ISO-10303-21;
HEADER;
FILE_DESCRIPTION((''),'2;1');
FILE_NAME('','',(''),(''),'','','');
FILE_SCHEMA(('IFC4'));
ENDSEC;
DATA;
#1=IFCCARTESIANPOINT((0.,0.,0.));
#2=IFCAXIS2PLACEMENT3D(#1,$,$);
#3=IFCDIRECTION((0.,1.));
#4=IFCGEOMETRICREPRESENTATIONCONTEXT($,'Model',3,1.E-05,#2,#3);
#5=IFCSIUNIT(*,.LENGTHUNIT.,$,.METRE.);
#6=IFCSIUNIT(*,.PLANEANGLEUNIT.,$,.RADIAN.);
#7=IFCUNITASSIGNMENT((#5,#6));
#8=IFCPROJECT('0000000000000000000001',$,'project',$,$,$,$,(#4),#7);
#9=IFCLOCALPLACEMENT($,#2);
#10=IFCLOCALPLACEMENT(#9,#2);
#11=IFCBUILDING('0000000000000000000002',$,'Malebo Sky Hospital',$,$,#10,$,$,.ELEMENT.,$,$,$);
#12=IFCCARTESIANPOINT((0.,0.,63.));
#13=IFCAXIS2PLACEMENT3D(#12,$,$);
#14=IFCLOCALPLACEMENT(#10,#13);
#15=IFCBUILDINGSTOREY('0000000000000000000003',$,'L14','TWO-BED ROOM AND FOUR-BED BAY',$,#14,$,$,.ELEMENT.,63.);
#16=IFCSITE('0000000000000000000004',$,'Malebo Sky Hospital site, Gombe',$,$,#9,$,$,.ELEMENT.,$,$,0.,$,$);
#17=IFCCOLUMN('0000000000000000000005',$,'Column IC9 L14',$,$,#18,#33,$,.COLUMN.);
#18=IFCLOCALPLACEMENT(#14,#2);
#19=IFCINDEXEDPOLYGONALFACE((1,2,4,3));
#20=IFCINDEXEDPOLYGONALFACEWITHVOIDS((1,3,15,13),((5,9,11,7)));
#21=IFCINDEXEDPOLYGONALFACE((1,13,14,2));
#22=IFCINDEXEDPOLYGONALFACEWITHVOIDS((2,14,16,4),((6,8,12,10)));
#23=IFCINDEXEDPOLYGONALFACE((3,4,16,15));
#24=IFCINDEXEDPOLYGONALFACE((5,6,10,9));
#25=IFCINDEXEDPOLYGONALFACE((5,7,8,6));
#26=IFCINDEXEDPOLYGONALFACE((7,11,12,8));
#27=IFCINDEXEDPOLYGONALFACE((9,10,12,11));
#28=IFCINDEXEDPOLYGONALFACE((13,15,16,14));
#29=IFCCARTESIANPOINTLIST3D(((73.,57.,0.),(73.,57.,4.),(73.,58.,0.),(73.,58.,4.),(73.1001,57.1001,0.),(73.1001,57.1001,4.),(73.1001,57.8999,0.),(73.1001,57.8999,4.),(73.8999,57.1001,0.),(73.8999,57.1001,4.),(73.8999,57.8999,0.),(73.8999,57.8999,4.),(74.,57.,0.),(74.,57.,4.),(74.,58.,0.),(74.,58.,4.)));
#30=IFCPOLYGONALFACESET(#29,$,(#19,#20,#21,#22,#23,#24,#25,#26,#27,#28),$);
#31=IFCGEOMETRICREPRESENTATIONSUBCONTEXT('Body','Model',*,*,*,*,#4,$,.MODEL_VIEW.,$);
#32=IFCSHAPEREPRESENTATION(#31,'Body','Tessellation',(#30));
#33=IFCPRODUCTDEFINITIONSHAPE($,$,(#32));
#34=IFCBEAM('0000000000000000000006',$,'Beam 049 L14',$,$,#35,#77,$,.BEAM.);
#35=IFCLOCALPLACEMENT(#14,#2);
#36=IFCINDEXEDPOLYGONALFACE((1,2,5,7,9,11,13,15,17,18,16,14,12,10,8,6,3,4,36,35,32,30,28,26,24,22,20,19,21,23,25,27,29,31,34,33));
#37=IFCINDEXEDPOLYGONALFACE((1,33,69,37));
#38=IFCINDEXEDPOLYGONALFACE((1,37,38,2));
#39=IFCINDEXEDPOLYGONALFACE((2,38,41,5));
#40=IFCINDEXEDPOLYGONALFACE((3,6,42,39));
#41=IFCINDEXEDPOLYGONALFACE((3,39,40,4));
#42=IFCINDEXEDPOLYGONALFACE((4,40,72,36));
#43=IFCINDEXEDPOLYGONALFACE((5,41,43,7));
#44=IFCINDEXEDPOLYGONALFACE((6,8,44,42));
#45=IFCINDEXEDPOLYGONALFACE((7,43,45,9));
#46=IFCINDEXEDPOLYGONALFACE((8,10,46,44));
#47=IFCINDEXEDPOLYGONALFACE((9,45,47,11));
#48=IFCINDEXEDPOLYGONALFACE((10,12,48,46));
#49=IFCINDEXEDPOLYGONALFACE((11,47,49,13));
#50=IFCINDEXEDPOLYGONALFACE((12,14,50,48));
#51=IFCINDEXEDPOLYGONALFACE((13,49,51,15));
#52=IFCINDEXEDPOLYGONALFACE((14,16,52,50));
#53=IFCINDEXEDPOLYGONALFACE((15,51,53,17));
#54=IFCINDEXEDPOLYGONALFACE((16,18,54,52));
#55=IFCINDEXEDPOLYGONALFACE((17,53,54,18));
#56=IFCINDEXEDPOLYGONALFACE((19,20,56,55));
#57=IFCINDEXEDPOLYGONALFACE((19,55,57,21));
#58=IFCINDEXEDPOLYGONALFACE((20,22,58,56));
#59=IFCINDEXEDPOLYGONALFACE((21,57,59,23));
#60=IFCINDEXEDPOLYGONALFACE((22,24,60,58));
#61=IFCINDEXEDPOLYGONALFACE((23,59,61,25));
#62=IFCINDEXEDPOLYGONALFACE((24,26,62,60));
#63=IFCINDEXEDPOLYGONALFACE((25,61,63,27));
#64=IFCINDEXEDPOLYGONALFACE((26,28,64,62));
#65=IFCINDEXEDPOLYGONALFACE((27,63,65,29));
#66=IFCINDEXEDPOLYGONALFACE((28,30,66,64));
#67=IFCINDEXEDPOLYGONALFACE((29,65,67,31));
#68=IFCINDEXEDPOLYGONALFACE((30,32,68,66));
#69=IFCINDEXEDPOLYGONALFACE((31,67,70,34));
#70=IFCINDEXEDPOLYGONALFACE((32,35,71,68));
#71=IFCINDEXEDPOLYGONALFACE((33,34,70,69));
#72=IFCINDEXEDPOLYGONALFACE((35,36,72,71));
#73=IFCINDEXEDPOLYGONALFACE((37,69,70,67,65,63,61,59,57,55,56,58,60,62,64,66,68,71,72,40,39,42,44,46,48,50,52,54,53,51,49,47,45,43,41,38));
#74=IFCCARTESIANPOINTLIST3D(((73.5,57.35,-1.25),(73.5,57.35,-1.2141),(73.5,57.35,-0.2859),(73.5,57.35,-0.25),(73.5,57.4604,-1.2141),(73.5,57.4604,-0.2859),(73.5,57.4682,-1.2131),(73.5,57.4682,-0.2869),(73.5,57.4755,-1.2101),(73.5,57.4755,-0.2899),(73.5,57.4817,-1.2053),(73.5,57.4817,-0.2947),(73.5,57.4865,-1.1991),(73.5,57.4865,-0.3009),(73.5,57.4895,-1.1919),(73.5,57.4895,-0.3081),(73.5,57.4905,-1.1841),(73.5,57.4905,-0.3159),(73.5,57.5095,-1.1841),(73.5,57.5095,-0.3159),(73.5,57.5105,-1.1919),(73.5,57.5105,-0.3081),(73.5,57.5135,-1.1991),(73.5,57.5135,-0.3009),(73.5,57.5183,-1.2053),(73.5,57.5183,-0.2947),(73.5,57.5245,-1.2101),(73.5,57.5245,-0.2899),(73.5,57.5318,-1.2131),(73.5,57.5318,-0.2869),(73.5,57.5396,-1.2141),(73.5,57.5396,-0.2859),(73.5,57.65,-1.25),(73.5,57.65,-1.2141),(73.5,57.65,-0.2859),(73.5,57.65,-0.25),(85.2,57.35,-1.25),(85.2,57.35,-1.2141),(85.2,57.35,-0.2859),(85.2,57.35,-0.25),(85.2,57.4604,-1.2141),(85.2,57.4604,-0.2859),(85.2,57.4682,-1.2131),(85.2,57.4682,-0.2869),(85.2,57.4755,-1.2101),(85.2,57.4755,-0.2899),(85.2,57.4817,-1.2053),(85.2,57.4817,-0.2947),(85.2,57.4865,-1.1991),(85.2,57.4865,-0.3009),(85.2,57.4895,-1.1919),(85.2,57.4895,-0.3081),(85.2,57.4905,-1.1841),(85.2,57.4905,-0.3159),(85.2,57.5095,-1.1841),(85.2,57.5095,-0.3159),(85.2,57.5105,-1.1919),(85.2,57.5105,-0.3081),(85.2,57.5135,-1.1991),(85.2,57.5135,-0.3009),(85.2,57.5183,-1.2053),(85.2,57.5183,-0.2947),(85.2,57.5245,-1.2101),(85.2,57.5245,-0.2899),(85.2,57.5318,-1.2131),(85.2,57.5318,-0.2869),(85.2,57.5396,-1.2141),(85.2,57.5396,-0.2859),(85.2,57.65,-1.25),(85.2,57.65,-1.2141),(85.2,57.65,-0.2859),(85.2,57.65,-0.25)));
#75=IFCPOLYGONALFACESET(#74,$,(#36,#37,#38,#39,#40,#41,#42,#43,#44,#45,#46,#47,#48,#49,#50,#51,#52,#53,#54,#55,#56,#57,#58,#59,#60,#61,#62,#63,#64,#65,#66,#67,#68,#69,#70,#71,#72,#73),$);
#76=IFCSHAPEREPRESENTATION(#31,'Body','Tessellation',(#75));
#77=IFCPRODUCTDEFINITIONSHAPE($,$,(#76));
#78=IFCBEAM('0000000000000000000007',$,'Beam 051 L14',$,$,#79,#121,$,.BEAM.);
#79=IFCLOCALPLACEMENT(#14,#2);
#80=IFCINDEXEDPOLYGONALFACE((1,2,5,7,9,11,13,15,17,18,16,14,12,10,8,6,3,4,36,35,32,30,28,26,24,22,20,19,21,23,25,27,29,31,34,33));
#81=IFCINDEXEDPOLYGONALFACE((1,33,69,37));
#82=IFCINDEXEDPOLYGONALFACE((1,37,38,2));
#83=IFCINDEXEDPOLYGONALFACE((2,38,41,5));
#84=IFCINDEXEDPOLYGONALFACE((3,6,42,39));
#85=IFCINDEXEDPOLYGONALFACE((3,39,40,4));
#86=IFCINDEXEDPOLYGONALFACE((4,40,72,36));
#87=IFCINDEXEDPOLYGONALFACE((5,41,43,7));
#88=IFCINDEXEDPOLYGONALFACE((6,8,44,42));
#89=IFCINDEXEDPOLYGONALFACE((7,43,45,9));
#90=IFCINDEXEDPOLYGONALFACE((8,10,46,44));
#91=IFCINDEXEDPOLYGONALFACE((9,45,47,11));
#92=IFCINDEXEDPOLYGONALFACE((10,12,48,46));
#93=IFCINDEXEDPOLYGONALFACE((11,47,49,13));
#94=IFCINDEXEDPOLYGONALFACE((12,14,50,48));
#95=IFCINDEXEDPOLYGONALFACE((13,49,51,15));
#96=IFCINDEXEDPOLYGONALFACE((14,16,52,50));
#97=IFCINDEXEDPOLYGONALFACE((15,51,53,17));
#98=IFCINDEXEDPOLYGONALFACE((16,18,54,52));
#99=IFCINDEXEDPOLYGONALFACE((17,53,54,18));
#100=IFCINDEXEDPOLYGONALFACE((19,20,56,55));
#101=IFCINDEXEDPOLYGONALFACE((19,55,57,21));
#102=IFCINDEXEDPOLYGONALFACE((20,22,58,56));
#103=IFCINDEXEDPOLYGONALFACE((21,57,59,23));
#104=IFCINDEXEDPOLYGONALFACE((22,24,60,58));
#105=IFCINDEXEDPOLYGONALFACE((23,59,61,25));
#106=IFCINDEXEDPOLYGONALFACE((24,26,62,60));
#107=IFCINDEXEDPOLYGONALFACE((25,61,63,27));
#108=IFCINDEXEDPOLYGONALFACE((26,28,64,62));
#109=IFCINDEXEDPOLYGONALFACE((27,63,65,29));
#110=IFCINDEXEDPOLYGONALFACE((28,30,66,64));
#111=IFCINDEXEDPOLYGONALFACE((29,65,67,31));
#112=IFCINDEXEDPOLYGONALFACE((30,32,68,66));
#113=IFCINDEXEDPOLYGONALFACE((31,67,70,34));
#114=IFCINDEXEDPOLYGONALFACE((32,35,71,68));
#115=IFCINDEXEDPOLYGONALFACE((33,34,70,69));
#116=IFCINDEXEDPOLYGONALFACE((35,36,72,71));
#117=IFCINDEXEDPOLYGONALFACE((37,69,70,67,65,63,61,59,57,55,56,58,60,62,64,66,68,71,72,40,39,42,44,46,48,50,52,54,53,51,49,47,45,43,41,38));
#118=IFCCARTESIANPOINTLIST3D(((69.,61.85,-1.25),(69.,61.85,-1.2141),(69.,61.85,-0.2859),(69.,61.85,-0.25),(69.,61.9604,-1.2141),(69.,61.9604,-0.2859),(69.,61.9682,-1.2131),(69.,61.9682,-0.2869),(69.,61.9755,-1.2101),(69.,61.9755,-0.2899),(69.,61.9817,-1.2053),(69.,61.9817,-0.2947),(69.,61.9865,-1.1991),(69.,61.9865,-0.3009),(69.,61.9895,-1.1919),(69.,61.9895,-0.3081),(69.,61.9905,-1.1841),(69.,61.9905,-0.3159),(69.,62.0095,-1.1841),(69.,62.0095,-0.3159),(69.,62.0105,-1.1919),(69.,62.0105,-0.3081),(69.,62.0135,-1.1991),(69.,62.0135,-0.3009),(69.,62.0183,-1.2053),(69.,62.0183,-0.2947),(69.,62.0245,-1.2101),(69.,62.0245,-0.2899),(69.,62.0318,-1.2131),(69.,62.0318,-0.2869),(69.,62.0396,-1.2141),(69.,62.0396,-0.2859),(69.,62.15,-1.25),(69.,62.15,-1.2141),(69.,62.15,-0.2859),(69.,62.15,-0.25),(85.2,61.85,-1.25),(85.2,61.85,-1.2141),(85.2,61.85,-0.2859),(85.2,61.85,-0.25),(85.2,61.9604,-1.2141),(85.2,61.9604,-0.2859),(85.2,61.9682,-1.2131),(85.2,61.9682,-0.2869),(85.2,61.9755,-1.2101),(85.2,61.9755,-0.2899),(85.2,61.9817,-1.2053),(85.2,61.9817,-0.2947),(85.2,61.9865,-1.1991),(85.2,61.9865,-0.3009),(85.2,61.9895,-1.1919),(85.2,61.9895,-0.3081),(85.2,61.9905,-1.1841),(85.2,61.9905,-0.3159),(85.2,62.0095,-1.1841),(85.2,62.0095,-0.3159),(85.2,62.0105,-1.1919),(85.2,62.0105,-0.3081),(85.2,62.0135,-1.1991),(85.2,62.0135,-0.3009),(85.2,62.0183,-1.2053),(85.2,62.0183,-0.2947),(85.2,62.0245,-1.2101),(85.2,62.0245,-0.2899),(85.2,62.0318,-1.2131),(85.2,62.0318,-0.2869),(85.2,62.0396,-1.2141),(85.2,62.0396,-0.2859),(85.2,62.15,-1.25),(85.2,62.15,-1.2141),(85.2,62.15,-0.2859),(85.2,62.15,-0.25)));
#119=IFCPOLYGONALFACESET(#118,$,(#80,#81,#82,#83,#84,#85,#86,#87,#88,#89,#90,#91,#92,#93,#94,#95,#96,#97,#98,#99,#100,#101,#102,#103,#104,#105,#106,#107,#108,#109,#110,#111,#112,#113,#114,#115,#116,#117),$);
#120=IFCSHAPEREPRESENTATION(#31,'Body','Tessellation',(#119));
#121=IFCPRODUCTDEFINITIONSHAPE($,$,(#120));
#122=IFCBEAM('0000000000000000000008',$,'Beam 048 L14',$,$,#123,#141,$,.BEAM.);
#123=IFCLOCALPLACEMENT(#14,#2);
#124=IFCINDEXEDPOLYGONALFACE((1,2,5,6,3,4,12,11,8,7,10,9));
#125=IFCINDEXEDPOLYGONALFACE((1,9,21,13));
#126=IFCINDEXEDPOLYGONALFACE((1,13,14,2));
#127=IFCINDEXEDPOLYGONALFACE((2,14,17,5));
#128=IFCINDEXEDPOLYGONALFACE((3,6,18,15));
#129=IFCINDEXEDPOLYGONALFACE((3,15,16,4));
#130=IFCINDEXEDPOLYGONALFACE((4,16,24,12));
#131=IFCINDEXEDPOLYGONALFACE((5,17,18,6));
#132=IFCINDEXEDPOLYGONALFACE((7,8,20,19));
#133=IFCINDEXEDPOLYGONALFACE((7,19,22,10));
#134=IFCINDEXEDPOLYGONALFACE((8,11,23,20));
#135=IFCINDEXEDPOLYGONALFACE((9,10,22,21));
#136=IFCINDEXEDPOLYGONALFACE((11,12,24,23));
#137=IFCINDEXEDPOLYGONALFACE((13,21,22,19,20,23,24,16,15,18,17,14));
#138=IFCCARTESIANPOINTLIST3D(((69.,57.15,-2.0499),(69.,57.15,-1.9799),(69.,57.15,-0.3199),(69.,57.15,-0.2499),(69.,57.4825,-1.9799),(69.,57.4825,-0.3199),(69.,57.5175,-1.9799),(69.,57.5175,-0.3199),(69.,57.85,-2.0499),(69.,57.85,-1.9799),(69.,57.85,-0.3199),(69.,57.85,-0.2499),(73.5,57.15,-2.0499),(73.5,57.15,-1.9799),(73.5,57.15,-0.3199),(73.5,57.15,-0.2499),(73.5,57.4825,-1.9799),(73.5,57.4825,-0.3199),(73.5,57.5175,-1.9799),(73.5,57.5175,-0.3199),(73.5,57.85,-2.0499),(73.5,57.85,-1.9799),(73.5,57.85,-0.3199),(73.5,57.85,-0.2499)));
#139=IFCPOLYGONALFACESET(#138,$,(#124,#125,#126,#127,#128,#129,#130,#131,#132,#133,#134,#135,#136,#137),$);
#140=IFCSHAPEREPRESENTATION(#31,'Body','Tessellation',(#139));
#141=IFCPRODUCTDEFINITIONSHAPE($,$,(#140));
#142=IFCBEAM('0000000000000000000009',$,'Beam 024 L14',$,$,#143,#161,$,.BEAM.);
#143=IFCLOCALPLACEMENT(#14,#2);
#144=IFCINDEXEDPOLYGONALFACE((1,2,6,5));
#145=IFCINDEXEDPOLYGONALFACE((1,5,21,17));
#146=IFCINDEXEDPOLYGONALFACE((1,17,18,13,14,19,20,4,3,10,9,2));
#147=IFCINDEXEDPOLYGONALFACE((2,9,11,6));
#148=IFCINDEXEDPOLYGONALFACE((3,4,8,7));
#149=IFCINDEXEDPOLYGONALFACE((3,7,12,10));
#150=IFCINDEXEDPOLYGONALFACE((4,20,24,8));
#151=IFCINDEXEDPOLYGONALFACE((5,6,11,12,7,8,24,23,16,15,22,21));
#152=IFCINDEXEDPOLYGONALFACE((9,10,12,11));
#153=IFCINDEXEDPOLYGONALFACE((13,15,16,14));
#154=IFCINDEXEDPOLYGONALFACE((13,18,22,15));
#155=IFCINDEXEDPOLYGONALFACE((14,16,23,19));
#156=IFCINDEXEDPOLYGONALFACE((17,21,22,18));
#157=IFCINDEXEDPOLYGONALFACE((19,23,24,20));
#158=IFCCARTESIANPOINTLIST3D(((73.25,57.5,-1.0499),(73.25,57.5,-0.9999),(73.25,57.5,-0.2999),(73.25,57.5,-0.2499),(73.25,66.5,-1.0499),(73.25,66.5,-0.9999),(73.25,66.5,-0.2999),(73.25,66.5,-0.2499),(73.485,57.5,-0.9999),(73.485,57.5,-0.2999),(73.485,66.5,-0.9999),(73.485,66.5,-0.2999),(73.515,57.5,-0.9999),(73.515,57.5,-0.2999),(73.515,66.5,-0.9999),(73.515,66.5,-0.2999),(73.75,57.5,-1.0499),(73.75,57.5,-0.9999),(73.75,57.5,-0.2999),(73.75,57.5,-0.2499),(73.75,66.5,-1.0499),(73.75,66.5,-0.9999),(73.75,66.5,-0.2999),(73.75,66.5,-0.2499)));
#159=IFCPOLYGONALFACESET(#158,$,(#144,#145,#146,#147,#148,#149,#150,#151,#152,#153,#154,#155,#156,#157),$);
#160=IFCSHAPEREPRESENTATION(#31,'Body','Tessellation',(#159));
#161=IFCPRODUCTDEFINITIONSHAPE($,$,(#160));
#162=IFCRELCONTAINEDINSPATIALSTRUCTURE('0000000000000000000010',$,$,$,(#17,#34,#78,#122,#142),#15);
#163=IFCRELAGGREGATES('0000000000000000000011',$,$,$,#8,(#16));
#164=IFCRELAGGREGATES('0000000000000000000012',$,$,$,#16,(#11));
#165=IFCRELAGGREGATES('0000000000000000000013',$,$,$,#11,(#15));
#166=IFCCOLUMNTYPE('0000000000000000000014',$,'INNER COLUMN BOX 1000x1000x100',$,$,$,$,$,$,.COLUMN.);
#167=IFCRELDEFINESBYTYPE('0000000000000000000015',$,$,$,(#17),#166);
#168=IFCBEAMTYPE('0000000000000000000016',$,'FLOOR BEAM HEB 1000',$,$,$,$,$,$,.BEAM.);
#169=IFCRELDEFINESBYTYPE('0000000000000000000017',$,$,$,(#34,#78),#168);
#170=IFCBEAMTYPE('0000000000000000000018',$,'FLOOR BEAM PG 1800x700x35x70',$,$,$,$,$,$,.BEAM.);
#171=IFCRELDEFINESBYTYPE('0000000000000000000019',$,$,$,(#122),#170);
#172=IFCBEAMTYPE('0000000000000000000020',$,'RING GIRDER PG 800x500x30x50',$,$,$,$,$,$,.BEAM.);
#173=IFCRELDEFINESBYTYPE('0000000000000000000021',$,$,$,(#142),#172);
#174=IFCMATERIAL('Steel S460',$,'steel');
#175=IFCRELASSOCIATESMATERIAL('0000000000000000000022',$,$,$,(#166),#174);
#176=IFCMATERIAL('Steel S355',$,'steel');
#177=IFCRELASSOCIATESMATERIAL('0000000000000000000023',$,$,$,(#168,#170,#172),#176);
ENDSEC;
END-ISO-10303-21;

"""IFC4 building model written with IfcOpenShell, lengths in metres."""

from ifc_helpers import new_model, si_unit, direction, frame, origin, origin_2d, place, context, subcontext, project, spatial, hollow_rectangle, i_section, extrude, material, material_profile, profile_set, type_object, element, save


model = new_model("IFC4")

# Units and contexts
model_context = context("Model", 3, precision=1e-05, world=origin(), true_north=direction((0.0, 1.0)))
body_context = subcontext(model_context, "Body", "Model", "MODEL_VIEW")
ifc_project = project(units=[si_unit("LENGTHUNIT", "METRE"), si_unit("PLANEANGLEUNIT", "RADIAN")], contexts=[model_context])

# Site, building, storey
site_placement = place(None, origin())
site = spatial("IfcSite", under=ifc_project, at=site_placement, Name="Malebo Sky Hospital site, Gombe", CompositionType="ELEMENT", RefElevation=0.0)
building_placement = place(site_placement, origin())
building = spatial("IfcBuilding", under=site, at=building_placement, Name="Malebo Sky Hospital", CompositionType="ELEMENT")
storey_placement = place(building_placement, frame((0.0, 0.0, 63.0)))
storey = spatial("IfcBuildingStorey", under=building, at=storey_placement, Name="L14", Description="TWO-BED ROOM AND FOUR-BED BAY", CompositionType="ELEMENT", Elevation=63.0)

# Column
ifc_material_1 = material(Name="Steel S460", Category="steel")
ifc_material_profile_1 = material_profile(ifc_material_1, hollow_rectangle(XDim=1.0, YDim=1.0, WallThickness=0.1001, at=origin_2d()), Name="BOX 1000x1000x100")
ifc_profile_set_1 = profile_set([ifc_material_profile_1], Name="Steel S460")
column_type = type_object("IfcColumnType", Name="INNER COLUMN BOX 1000x1000x100", PredefinedType="COLUMN", material=ifc_profile_set_1)
column_placement = place(storey_placement, frame((73.5, 57.5, 0.0), z_axis=(0.0, 0.0, 1.0), x_axis=(1.0, 0.0, 0.0)))
element("IfcColumn", 1, at=column_placement, inside=storey, type_object=column_type, Name="Column IC9 L14", PredefinedType="COLUMN", context=body_context, shape_type="SweptSolid", body=[
    extrude(hollow_rectangle(XDim=1.0, YDim=1.0, WallThickness=0.1001, at=origin_2d()), origin(), (0.0, 0.0, 1.0), 4.0),
])

# Beams
ifc_material_2 = material(Name="Steel S355", Category="steel")
ifc_material_profile_2 = material_profile(ifc_material_2, i_section(OverallWidth=0.3, OverallDepth=1.0, WebThickness=0.019, FlangeThickness=0.0359, FilletRadius=0.03, at=origin_2d()), Name="HEB 1000")
ifc_profile_set_2 = profile_set([ifc_material_profile_2], Name="Steel S355")
beam_type_1 = type_object("IfcBeamType", Name="FLOOR BEAM HEB 1000", PredefinedType="BEAM", material=ifc_profile_set_2)
beam_1_placement = place(storey_placement, frame((73.5, 57.5, -0.75), z_axis=(1.0, 0.0, 0.0), x_axis=(0.0, 1.0, 0.0)))
element("IfcBeam", 2, at=beam_1_placement, inside=storey, type_object=beam_type_1, Name="Beam 049 L14", PredefinedType="BEAM", context=body_context, shape_type="SweptSolid", body=[
    extrude(i_section(OverallWidth=0.3, OverallDepth=1.0, WebThickness=0.019, FlangeThickness=0.0359, FilletRadius=0.03, at=origin_2d()), origin(), (0.0, 0.0, 1.0), 11.7),
])
beam_2_placement = place(storey_placement, frame((69.0, 62.0, -0.75), z_axis=(1.0, 0.0, 0.0), x_axis=(0.0, 1.0, 0.0)))
element("IfcBeam", 3, at=beam_2_placement, inside=storey, type_object=beam_type_1, Name="Beam 051 L14", PredefinedType="BEAM", context=body_context, shape_type="SweptSolid", body=[
    extrude(i_section(OverallWidth=0.3, OverallDepth=1.0, WebThickness=0.019, FlangeThickness=0.0359, FilletRadius=0.03, at=origin_2d()), origin(), (0.0, 0.0, 1.0), 16.2),
])
ifc_material_profile_3 = material_profile(ifc_material_2, i_section(OverallWidth=0.7, OverallDepth=1.8, WebThickness=0.0349, FlangeThickness=0.0701, at=origin_2d()), Name="PG 1800x700x35x70")
ifc_profile_set_3 = profile_set([ifc_material_profile_3], Name="Steel S355")
beam_type_2 = type_object("IfcBeamType", Name="FLOOR BEAM PG 1800x700x35x70", PredefinedType="BEAM", material=ifc_profile_set_3)
beam_3_placement = place(storey_placement, frame((69.0, 57.5, -1.1499), z_axis=(1.0, 0.0, 0.0), x_axis=(0.0, 1.0, 0.0)))
element("IfcBeam", 4, at=beam_3_placement, inside=storey, type_object=beam_type_2, Name="Beam 048 L14", PredefinedType="BEAM", context=body_context, shape_type="SweptSolid", body=[
    extrude(i_section(OverallWidth=0.7, OverallDepth=1.8, WebThickness=0.0349, FlangeThickness=0.0701, at=origin_2d()), origin(), (0.0, 0.0, 1.0), 4.5),
])
ifc_material_profile_4 = material_profile(ifc_material_2, i_section(OverallWidth=0.5, OverallDepth=0.8, WebThickness=0.03, FlangeThickness=0.05, at=origin_2d()), Name="PG 800x500x30x50")
ifc_profile_set_4 = profile_set([ifc_material_profile_4], Name="Steel S355")
beam_type_3 = type_object("IfcBeamType", Name="RING GIRDER PG 800x500x30x50", PredefinedType="BEAM", material=ifc_profile_set_4)
beam_4_placement = place(storey_placement, frame((73.5, 57.5, -0.6499), z_axis=(0.0, 1.0, 0.0), x_axis=(-1.0, 0.0, 0.0)))
element("IfcBeam", 5, at=beam_4_placement, inside=storey, type_object=beam_type_3, Name="Beam 024 L14", PredefinedType="BEAM", context=body_context, shape_type="SweptSolid", body=[
    extrude(i_section(OverallWidth=0.5, OverallDepth=0.8, WebThickness=0.03, FlangeThickness=0.05, at=origin_2d()), origin(), (0.0, 0.0, 1.0), 9.0),
])

save(model, "model.ifc")
